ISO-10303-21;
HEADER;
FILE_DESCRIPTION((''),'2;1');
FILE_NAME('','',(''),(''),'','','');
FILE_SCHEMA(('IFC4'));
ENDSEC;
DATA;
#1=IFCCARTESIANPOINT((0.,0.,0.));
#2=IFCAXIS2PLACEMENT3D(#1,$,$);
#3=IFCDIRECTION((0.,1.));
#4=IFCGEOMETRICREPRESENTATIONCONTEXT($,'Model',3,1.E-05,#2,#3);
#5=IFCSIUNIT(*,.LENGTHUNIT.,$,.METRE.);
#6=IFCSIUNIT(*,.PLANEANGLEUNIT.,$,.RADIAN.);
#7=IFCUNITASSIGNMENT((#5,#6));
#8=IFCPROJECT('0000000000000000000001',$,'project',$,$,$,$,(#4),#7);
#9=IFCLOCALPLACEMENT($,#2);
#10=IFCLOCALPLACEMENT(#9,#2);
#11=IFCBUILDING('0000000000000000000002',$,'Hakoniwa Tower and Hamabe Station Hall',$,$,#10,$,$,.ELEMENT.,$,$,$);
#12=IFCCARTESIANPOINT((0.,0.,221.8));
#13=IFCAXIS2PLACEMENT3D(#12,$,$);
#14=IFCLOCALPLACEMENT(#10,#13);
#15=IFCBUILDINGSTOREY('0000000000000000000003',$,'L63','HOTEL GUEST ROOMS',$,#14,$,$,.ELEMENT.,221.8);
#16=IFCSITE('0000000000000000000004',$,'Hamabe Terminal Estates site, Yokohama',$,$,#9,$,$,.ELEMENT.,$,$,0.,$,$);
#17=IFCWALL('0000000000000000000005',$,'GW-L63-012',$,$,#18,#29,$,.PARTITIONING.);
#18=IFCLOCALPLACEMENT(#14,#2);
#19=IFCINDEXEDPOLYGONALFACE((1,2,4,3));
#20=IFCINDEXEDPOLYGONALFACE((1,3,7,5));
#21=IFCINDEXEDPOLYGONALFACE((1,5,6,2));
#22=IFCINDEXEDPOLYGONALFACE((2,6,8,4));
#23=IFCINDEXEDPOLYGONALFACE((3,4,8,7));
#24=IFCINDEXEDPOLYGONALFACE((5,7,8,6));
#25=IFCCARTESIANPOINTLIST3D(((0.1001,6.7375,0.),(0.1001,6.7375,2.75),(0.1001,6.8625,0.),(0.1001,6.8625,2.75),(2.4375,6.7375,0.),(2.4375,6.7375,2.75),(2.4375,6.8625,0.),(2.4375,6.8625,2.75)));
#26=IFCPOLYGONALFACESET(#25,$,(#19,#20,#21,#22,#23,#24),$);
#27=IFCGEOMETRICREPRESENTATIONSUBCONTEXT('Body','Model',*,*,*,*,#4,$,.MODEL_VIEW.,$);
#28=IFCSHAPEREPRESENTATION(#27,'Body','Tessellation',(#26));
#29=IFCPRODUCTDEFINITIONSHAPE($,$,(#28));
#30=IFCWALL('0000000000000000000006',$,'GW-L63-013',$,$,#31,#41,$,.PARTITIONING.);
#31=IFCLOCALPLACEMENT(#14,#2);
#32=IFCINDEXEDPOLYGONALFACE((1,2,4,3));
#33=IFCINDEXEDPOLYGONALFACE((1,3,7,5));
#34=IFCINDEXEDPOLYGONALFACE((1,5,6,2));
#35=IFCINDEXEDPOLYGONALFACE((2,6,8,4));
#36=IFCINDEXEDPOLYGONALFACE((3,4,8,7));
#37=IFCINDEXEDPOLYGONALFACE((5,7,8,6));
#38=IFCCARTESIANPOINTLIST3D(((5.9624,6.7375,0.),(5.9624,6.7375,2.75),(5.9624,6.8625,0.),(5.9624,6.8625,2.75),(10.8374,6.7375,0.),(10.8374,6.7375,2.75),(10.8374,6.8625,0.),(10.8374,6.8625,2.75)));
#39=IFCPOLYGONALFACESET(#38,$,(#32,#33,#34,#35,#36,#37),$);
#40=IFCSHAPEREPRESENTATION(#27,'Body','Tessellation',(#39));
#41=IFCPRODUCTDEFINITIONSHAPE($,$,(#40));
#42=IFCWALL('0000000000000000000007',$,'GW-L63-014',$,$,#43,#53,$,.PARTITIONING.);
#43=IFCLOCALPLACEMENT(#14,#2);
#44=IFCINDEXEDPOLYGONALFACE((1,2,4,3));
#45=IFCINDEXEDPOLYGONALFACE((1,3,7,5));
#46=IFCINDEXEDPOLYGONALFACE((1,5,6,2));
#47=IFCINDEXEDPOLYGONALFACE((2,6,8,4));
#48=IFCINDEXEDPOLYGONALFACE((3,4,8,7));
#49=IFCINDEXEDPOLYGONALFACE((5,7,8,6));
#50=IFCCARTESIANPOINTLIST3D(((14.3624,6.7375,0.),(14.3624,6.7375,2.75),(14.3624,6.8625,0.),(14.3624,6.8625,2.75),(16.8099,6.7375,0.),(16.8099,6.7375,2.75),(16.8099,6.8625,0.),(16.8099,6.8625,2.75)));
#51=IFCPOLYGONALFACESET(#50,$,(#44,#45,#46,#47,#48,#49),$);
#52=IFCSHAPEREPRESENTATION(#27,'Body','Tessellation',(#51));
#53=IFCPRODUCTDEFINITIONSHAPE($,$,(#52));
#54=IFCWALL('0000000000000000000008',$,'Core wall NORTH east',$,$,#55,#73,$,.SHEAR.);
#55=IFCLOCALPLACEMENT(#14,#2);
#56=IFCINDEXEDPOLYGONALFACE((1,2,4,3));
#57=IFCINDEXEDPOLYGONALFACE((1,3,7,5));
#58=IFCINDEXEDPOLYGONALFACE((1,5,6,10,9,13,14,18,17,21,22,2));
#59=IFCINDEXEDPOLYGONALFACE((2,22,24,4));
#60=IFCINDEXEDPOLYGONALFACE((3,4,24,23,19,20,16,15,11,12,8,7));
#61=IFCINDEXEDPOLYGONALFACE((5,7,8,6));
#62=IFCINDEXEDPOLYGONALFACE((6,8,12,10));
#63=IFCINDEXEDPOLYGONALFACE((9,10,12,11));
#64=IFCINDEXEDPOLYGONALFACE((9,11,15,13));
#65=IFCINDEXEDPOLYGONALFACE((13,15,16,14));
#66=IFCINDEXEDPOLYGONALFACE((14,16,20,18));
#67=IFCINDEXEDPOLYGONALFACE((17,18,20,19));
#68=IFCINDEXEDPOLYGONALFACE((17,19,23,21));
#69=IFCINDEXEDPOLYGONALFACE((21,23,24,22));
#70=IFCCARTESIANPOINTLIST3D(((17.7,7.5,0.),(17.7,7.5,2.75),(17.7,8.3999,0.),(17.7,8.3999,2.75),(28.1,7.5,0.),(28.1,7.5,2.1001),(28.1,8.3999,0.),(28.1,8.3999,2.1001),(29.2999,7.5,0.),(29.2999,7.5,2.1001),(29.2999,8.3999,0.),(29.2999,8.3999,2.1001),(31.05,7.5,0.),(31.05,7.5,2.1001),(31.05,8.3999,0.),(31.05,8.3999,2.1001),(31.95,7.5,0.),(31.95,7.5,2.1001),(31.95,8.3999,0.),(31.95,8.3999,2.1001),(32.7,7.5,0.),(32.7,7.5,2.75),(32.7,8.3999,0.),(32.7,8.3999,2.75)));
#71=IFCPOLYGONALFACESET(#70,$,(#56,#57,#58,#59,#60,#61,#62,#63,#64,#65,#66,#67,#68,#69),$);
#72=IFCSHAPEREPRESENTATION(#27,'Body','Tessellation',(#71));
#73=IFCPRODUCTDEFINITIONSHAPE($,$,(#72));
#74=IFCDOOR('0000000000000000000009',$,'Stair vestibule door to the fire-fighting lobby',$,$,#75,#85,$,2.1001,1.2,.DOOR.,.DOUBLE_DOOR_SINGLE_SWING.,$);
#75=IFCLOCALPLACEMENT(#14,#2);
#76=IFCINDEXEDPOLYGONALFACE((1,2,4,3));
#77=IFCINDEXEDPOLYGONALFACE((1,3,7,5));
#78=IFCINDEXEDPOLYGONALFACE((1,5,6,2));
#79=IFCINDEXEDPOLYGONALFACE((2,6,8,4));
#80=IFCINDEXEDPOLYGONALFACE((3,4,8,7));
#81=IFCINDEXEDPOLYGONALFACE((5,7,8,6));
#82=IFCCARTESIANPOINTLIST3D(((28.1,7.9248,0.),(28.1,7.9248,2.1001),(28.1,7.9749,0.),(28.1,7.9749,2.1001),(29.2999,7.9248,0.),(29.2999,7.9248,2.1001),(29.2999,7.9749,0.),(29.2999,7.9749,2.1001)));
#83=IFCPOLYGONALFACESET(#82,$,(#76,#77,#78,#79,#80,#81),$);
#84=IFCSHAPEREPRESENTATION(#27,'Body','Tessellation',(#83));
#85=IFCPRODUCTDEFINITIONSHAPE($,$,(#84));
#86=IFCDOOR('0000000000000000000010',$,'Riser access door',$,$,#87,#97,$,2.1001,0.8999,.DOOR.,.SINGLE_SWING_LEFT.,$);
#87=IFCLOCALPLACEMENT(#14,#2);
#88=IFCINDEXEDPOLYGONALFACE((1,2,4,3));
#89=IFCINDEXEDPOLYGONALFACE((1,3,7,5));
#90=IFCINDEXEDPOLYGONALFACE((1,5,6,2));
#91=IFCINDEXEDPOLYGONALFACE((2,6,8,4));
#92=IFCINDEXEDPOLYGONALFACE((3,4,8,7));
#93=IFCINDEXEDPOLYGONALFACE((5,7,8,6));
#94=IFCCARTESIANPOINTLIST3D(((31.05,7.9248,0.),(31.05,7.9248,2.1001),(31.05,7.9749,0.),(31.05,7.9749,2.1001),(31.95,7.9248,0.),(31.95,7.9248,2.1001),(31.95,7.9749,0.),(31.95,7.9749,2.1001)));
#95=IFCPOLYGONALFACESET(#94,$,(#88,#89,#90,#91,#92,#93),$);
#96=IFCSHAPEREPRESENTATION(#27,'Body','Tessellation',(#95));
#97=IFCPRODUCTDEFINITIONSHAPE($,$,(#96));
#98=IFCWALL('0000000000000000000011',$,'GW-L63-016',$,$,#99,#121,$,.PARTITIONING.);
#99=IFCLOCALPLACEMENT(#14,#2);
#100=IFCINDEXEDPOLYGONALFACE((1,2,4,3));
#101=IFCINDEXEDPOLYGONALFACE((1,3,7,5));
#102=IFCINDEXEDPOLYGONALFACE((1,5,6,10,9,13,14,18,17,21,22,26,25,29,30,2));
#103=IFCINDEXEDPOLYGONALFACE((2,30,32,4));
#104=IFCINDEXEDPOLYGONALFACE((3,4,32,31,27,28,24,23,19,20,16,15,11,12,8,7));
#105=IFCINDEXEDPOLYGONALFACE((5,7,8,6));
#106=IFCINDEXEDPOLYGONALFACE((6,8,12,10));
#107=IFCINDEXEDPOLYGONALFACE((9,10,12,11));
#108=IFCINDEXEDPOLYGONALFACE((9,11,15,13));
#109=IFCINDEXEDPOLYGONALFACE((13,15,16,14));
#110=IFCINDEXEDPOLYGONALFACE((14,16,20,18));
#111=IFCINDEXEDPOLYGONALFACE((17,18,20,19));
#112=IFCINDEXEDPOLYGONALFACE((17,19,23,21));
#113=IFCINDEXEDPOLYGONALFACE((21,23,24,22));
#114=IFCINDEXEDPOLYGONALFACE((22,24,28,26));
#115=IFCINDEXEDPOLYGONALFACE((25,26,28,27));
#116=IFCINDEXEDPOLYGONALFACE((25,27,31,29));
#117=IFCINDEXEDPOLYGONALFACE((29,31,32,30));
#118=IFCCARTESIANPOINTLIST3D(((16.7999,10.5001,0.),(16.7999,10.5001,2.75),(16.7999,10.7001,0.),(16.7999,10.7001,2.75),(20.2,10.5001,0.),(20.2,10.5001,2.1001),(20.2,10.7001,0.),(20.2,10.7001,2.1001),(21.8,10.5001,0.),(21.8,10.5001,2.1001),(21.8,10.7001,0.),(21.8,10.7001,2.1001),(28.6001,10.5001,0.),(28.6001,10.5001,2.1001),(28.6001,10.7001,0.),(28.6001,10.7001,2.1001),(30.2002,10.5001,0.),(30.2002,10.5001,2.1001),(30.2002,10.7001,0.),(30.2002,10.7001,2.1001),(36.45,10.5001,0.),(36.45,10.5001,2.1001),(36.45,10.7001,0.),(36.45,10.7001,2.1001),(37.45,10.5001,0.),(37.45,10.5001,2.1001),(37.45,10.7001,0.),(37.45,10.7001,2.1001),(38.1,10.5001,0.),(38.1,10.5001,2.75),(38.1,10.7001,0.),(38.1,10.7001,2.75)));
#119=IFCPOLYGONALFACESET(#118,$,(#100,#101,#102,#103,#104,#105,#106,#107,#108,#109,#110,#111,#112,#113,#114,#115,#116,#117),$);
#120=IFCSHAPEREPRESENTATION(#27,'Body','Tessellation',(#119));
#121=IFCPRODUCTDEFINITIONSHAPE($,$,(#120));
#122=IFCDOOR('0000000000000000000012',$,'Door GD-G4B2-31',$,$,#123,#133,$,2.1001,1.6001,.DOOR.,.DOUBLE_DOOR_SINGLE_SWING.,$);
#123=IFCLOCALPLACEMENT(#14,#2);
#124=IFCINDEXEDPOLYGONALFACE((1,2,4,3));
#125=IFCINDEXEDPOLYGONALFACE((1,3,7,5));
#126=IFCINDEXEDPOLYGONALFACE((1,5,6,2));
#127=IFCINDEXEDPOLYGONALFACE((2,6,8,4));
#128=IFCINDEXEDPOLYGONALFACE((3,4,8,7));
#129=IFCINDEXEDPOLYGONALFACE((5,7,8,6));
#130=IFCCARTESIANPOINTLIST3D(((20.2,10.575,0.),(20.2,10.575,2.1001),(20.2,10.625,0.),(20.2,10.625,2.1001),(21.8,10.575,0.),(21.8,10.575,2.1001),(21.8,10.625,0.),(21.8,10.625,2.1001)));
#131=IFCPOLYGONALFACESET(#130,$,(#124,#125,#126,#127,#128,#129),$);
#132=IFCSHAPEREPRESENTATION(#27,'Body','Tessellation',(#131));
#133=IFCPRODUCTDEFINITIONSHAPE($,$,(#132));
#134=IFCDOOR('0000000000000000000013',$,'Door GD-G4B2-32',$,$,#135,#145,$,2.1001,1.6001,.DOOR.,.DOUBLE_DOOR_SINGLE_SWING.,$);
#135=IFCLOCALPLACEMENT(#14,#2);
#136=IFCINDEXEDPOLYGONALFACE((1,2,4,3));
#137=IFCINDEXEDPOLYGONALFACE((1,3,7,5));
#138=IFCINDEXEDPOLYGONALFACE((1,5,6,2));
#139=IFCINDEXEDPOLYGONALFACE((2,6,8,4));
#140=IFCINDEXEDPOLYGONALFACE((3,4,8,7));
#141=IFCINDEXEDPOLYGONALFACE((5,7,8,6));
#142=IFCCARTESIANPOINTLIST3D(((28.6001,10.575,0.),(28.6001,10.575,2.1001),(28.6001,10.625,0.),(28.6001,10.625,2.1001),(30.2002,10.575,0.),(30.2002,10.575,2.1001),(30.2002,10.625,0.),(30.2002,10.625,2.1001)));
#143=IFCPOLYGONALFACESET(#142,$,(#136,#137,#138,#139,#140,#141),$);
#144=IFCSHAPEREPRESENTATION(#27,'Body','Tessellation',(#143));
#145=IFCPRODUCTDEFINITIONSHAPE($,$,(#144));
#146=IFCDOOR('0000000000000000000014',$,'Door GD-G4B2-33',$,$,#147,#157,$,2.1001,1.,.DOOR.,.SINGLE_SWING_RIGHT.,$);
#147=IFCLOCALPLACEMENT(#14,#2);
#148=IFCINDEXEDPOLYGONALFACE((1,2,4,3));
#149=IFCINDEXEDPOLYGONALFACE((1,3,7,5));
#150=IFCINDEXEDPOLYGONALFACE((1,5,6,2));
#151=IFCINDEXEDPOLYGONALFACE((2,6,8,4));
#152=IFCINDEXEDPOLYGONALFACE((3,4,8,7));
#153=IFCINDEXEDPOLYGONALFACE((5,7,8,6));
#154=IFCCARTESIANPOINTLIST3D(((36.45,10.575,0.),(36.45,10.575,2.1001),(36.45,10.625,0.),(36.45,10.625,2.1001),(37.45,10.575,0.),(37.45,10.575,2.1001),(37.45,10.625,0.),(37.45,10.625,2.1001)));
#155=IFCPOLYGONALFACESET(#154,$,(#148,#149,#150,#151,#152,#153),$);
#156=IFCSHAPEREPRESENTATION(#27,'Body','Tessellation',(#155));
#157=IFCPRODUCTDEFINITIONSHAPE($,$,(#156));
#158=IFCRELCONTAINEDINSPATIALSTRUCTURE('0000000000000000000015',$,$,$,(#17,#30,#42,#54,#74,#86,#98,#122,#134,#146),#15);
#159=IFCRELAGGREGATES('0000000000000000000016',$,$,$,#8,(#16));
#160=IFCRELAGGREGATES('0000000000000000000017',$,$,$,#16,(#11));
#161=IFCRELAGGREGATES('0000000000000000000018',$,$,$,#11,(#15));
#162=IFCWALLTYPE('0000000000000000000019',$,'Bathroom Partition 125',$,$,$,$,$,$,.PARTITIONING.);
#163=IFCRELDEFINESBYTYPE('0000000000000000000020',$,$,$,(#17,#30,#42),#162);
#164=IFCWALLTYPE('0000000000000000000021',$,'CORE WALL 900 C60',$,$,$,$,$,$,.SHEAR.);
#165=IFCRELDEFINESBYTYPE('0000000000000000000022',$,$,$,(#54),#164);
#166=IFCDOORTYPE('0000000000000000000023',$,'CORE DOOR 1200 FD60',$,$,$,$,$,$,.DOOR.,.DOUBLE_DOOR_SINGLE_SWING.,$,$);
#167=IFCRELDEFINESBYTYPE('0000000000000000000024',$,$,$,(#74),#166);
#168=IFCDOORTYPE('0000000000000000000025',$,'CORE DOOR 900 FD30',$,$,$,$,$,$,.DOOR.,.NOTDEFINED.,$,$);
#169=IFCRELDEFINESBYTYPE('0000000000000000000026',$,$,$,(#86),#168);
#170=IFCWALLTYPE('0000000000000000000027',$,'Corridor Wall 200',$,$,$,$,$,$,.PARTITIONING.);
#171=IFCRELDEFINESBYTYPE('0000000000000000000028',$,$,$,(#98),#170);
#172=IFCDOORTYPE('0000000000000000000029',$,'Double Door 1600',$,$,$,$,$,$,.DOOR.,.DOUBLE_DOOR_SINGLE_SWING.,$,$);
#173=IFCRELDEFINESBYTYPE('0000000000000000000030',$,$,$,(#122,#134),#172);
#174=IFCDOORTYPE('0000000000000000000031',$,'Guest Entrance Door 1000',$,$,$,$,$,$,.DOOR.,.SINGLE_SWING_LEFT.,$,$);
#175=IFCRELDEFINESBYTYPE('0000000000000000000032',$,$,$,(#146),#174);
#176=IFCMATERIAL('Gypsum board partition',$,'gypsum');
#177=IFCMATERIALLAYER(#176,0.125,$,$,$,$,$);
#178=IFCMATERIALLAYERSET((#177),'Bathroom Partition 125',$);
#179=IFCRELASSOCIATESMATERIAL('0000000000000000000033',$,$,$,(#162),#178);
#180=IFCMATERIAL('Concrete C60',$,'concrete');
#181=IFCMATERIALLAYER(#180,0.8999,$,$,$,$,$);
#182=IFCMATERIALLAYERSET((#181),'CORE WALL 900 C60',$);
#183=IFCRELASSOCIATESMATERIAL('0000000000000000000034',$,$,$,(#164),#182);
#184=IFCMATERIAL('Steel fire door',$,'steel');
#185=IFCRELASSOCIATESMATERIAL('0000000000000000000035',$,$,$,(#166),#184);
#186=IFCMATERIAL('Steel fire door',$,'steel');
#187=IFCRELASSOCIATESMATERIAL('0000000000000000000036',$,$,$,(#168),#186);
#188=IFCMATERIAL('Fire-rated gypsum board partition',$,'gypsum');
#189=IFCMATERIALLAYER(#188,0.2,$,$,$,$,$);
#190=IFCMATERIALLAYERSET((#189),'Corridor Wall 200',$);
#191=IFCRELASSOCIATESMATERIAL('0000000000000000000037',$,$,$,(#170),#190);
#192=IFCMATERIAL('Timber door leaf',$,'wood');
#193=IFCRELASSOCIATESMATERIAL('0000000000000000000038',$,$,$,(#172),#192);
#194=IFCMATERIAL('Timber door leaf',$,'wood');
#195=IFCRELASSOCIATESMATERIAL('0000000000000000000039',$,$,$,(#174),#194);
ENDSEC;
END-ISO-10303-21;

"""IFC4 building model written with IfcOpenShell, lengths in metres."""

from ifc_helpers import new_model, si_unit, direction, frame, frame_2d, origin, place, context, subcontext, project, spatial, rectangle, extrude, material, layer, layer_set, type_object, element, fill, save


model = new_model("IFC4")

# Units and contexts
model_context = context("Model", 3, precision=1e-05, world=origin(), true_north=direction((0.0, 1.0)))
body_context = subcontext(model_context, "Body", "Model", "MODEL_VIEW")
ifc_project = project(units=[si_unit("LENGTHUNIT", "METRE"), si_unit("PLANEANGLEUNIT", "RADIAN")], contexts=[model_context])

# Site, building, storey
site_placement = place(None, origin())
site = spatial("IfcSite", under=ifc_project, at=site_placement, Name="Hamabe Terminal Estates site, Yokohama", CompositionType="ELEMENT", RefElevation=0.0)
building_placement = place(site_placement, origin())
building = spatial("IfcBuilding", under=site, at=building_placement, Name="Hakoniwa Tower and Hamabe Station Hall", CompositionType="ELEMENT")
storey_placement = place(building_placement, frame((0.0, 0.0, 221.8)))
storey = spatial("IfcBuildingStorey", under=building, at=storey_placement, Name="L63", Description="HOTEL GUEST ROOMS", CompositionType="ELEMENT", Elevation=221.8)

# Walls
ifc_material_1 = material(Name="Gypsum board partition", Category="gypsum")
ifc_layer_1 = layer(ifc_material_1, 0.125)
ifc_layer_set_1 = layer_set([ifc_layer_1], Name="Bathroom Partition 125")
wall_type_1 = type_object("IfcWallType", Name="Bathroom Partition 125", PredefinedType="PARTITIONING", material=ifc_layer_set_1)
wall_1_placement = place(storey_placement, frame((0.1001, 6.8, 0.0), z_axis=(0.0, 0.0, 1.0), x_axis=(1.0, 0.0, 0.0)))
element("IfcWall", 1, at=wall_1_placement, inside=storey, type_object=wall_type_1, Name="GW-L63-012", PredefinedType="PARTITIONING", context=body_context, shape_type="SweptSolid", body=[
    extrude(rectangle(XDim=2.3374, YDim=0.125, at=frame_2d((1.1687, 0.0))), origin(), (0.0, 0.0, 1.0), 2.75),
])
wall_2_placement = place(storey_placement, frame((5.9624, 6.8, 0.0), z_axis=(0.0, 0.0, 1.0), x_axis=(1.0, 0.0, 0.0)))
element("IfcWall", 2, at=wall_2_placement, inside=storey, type_object=wall_type_1, Name="GW-L63-013", PredefinedType="PARTITIONING", context=body_context, shape_type="SweptSolid", body=[
    extrude(rectangle(XDim=4.875, YDim=0.125, at=frame_2d((2.4375, 0.0))), origin(), (0.0, 0.0, 1.0), 2.75),
])
wall_3_placement = place(storey_placement, frame((14.3625, 6.8, 0.0), z_axis=(0.0, 0.0, 1.0), x_axis=(1.0, 0.0, 0.0)))
element("IfcWall", 3, at=wall_3_placement, inside=storey, type_object=wall_type_1, Name="GW-L63-014", PredefinedType="PARTITIONING", context=body_context, shape_type="SweptSolid", body=[
    extrude(rectangle(XDim=2.4475, YDim=0.125, at=frame_2d((1.2236, 0.0))), origin(), (0.0, 0.0, 1.0), 2.75),
])

# Walls, openings, doors
ifc_material_2 = material(Name="Concrete C60", Category="concrete")
ifc_layer_2 = layer(ifc_material_2, 0.8999)
ifc_layer_set_2 = layer_set([ifc_layer_2], Name="CORE WALL 900 C60")
wall_type_2 = type_object("IfcWallType", Name="CORE WALL 900 C60", PredefinedType="SHEAR", material=ifc_layer_set_2)
wall_4_placement = place(storey_placement, frame((17.7, 7.95, 0.0), z_axis=(0.0, 0.0, 1.0), x_axis=(1.0, 0.0, 0.0)))
wall_4 = element("IfcWall", 4, at=wall_4_placement, inside=storey, type_object=wall_type_2, Name="Core wall NORTH east", PredefinedType="SHEAR", context=body_context, shape_type="SweptSolid", body=[
    extrude(rectangle(XDim=15.0, YDim=0.8999, at=frame_2d((7.5, 0.0))), origin(), (0.0, 0.0, 1.0), 2.75),
])
opening_1_placement = place(wall_4_placement, frame((10.3999, 0.0, 0.0)))
opening_1 = element("IfcOpeningElement", 5, at=opening_1_placement, cuts=wall_4, PredefinedType="OPENING", context=body_context, shape_type="SweptSolid", body=[
    extrude(rectangle(XDim=1.2, YDim=2.1001, at=frame_2d((0.6001, 1.05))), frame((0.0, 0.46, 0.0), z_axis=(0.0, -1.0, 0.0), x_axis=(1.0, 0.0, 0.0)), (0.0, 0.0, 1.0), 0.9199),
])
opening_2_placement = place(wall_4_placement, frame((13.3501, 0.0, 0.0)))
opening_2 = element("IfcOpeningElement", 6, at=opening_2_placement, cuts=wall_4, PredefinedType="OPENING", context=body_context, shape_type="SweptSolid", body=[
    extrude(rectangle(XDim=0.8999, YDim=2.1001, at=frame_2d((0.45, 1.05))), frame((0.0, 0.46, 0.0), z_axis=(0.0, -1.0, 0.0), x_axis=(1.0, 0.0, 0.0)), (0.0, 0.0, 1.0), 0.9199),
])
ifc_material_3 = material(Name="Steel fire door", Category="steel")
door_type_1 = type_object("IfcDoorType", Name="CORE DOOR 1200 FD60", OperationType="DOUBLE_DOOR_SINGLE_SWING", PredefinedType="DOOR", material=ifc_material_3)
door_1_placement = place(opening_1_placement, origin())
door_1 = element("IfcDoor", 7, at=door_1_placement, inside=storey, type_object=door_type_1, Name="Stair vestibule door to the fire-fighting lobby", OperationType="DOUBLE_DOOR_SINGLE_SWING", OverallHeight=2.1001, OverallWidth=1.2, PredefinedType="DOOR", context=body_context, shape_type="SweptSolid", body=[
    extrude(rectangle(XDim=1.2, YDim=2.1001, at=frame_2d((0.6001, 1.05))), frame((0.0, 0.0249, 0.0), z_axis=(0.0, -1.0, 0.0), x_axis=(1.0, 0.0, 0.0)), (0.0, 0.0, 1.0), 0.05),
])
fill(opening_1, door_1)
ifc_material_4 = material(Name="Steel fire door", Category="steel")
door_type_2 = type_object("IfcDoorType", Name="CORE DOOR 900 FD30", OperationType="NOTDEFINED", PredefinedType="DOOR", material=ifc_material_4)
door_2_placement = place(opening_2_placement, origin())
door_2 = element("IfcDoor", 8, at=door_2_placement, inside=storey, type_object=door_type_2, Name="Riser access door", OperationType="SINGLE_SWING_LEFT", OverallHeight=2.1001, OverallWidth=0.8999, PredefinedType="DOOR", context=body_context, shape_type="SweptSolid", body=[
    extrude(rectangle(XDim=0.8999, YDim=2.1001, at=frame_2d((0.45, 1.05))), frame((0.0, 0.0249, 0.0), z_axis=(0.0, -1.0, 0.0), x_axis=(1.0, 0.0, 0.0)), (0.0, 0.0, 1.0), 0.05),
])
fill(opening_2, door_2)
ifc_material_5 = material(Name="Fire-rated gypsum board partition", Category="gypsum")
ifc_layer_3 = layer(ifc_material_5, 0.2)
ifc_layer_set_3 = layer_set([ifc_layer_3], Name="Corridor Wall 200")
wall_type_3 = type_object("IfcWallType", Name="Corridor Wall 200", PredefinedType="PARTITIONING", material=ifc_layer_set_3)
wall_5_placement = place(storey_placement, frame((16.8, 10.6001, 0.0), z_axis=(0.0, 0.0, 1.0), x_axis=(1.0, 0.0, 0.0)))
wall_5 = element("IfcWall", 9, at=wall_5_placement, inside=storey, type_object=wall_type_3, Name="GW-L63-016", PredefinedType="PARTITIONING", context=body_context, shape_type="SweptSolid", body=[
    extrude(rectangle(XDim=21.3, YDim=0.2, at=frame_2d((10.6499, 0.0))), origin(), (0.0, 0.0, 1.0), 2.75),
])
opening_3_placement = place(wall_5_placement, frame((3.3999, 0.0, 0.0)))
opening_3 = element("IfcOpeningElement", 10, at=opening_3_placement, cuts=wall_5, PredefinedType="OPENING", context=body_context, shape_type="SweptSolid", body=[
    extrude(rectangle(XDim=1.6001, YDim=2.1001, at=frame_2d((0.8, 1.05))), frame((0.0, 0.1099, 0.0), z_axis=(0.0, -1.0, 0.0), x_axis=(1.0, 0.0, 0.0)), (0.0, 0.0, 1.0), 0.22),
])
opening_4_placement = place(wall_5_placement, frame((11.8, 0.0, 0.0)))
opening_4 = element("IfcOpeningElement", 11, at=opening_4_placement, cuts=wall_5, PredefinedType="OPENING", context=body_context, shape_type="SweptSolid", body=[
    extrude(rectangle(XDim=1.6001, YDim=2.1001, at=frame_2d((0.8, 1.05))), frame((0.0, 0.1099, 0.0), z_axis=(0.0, -1.0, 0.0), x_axis=(1.0, 0.0, 0.0)), (0.0, 0.0, 1.0), 0.22),
])
opening_5_placement = place(wall_5_placement, frame((19.6499, 0.0, 0.0)))
opening_5 = element("IfcOpeningElement", 12, at=opening_5_placement, cuts=wall_5, PredefinedType="OPENING", context=body_context, shape_type="SweptSolid", body=[
    extrude(rectangle(XDim=1.0, YDim=2.1001, at=frame_2d((0.5, 1.05))), frame((0.0, 0.1099, 0.0), z_axis=(0.0, -1.0, 0.0), x_axis=(1.0, 0.0, 0.0)), (0.0, 0.0, 1.0), 0.22),
])
ifc_material_6 = material(Name="Timber door leaf", Category="wood")
door_type_3 = type_object("IfcDoorType", Name="Double Door 1600", OperationType="DOUBLE_DOOR_SINGLE_SWING", PredefinedType="DOOR", material=ifc_material_6)
door_3_placement = place(opening_3_placement, origin())
door_3 = element("IfcDoor", 13, at=door_3_placement, inside=storey, type_object=door_type_3, Name="Door GD-G4B2-31", OperationType="DOUBLE_DOOR_SINGLE_SWING", OverallHeight=2.1001, OverallWidth=1.6001, PredefinedType="DOOR", context=body_context, shape_type="SweptSolid", body=[
    extrude(rectangle(XDim=1.6001, YDim=2.1001, at=frame_2d((0.8, 1.05))), frame((0.0, 0.0249, 0.0), z_axis=(0.0, -1.0, 0.0), x_axis=(1.0, 0.0, 0.0)), (0.0, 0.0, 1.0), 0.05),
])
fill(opening_3, door_3)
door_4_placement = place(opening_4_placement, origin())
door_4 = element("IfcDoor", 14, at=door_4_placement, inside=storey, type_object=door_type_3, Name="Door GD-G4B2-32", OperationType="DOUBLE_DOOR_SINGLE_SWING", OverallHeight=2.1001, OverallWidth=1.6001, PredefinedType="DOOR", context=body_context, shape_type="SweptSolid", body=[
    extrude(rectangle(XDim=1.6001, YDim=2.1001, at=frame_2d((0.8, 1.05))), frame((0.0, 0.0249, 0.0), z_axis=(0.0, -1.0, 0.0), x_axis=(1.0, 0.0, 0.0)), (0.0, 0.0, 1.0), 0.05),
])
fill(opening_4, door_4)
ifc_material_7 = material(Name="Timber door leaf", Category="wood")
door_type_4 = type_object("IfcDoorType", Name="Guest Entrance Door 1000", OperationType="SINGLE_SWING_LEFT", PredefinedType="DOOR", material=ifc_material_7)
door_5_placement = place(opening_5_placement, origin())
door_5 = element("IfcDoor", 15, at=door_5_placement, inside=storey, type_object=door_type_4, Name="Door GD-G4B2-33", OperationType="SINGLE_SWING_RIGHT", OverallHeight=2.1001, OverallWidth=1.0, PredefinedType="DOOR", context=body_context, shape_type="SweptSolid", body=[
    extrude(rectangle(XDim=1.0, YDim=2.1001, at=frame_2d((0.5, 1.05))), frame((0.0, 0.0249, 0.0), z_axis=(0.0, -1.0, 0.0), x_axis=(1.0, 0.0, 0.0)), (0.0, 0.0, 1.0), 0.05),
])
fill(opening_5, door_5)

save(model, "model.ifc")
